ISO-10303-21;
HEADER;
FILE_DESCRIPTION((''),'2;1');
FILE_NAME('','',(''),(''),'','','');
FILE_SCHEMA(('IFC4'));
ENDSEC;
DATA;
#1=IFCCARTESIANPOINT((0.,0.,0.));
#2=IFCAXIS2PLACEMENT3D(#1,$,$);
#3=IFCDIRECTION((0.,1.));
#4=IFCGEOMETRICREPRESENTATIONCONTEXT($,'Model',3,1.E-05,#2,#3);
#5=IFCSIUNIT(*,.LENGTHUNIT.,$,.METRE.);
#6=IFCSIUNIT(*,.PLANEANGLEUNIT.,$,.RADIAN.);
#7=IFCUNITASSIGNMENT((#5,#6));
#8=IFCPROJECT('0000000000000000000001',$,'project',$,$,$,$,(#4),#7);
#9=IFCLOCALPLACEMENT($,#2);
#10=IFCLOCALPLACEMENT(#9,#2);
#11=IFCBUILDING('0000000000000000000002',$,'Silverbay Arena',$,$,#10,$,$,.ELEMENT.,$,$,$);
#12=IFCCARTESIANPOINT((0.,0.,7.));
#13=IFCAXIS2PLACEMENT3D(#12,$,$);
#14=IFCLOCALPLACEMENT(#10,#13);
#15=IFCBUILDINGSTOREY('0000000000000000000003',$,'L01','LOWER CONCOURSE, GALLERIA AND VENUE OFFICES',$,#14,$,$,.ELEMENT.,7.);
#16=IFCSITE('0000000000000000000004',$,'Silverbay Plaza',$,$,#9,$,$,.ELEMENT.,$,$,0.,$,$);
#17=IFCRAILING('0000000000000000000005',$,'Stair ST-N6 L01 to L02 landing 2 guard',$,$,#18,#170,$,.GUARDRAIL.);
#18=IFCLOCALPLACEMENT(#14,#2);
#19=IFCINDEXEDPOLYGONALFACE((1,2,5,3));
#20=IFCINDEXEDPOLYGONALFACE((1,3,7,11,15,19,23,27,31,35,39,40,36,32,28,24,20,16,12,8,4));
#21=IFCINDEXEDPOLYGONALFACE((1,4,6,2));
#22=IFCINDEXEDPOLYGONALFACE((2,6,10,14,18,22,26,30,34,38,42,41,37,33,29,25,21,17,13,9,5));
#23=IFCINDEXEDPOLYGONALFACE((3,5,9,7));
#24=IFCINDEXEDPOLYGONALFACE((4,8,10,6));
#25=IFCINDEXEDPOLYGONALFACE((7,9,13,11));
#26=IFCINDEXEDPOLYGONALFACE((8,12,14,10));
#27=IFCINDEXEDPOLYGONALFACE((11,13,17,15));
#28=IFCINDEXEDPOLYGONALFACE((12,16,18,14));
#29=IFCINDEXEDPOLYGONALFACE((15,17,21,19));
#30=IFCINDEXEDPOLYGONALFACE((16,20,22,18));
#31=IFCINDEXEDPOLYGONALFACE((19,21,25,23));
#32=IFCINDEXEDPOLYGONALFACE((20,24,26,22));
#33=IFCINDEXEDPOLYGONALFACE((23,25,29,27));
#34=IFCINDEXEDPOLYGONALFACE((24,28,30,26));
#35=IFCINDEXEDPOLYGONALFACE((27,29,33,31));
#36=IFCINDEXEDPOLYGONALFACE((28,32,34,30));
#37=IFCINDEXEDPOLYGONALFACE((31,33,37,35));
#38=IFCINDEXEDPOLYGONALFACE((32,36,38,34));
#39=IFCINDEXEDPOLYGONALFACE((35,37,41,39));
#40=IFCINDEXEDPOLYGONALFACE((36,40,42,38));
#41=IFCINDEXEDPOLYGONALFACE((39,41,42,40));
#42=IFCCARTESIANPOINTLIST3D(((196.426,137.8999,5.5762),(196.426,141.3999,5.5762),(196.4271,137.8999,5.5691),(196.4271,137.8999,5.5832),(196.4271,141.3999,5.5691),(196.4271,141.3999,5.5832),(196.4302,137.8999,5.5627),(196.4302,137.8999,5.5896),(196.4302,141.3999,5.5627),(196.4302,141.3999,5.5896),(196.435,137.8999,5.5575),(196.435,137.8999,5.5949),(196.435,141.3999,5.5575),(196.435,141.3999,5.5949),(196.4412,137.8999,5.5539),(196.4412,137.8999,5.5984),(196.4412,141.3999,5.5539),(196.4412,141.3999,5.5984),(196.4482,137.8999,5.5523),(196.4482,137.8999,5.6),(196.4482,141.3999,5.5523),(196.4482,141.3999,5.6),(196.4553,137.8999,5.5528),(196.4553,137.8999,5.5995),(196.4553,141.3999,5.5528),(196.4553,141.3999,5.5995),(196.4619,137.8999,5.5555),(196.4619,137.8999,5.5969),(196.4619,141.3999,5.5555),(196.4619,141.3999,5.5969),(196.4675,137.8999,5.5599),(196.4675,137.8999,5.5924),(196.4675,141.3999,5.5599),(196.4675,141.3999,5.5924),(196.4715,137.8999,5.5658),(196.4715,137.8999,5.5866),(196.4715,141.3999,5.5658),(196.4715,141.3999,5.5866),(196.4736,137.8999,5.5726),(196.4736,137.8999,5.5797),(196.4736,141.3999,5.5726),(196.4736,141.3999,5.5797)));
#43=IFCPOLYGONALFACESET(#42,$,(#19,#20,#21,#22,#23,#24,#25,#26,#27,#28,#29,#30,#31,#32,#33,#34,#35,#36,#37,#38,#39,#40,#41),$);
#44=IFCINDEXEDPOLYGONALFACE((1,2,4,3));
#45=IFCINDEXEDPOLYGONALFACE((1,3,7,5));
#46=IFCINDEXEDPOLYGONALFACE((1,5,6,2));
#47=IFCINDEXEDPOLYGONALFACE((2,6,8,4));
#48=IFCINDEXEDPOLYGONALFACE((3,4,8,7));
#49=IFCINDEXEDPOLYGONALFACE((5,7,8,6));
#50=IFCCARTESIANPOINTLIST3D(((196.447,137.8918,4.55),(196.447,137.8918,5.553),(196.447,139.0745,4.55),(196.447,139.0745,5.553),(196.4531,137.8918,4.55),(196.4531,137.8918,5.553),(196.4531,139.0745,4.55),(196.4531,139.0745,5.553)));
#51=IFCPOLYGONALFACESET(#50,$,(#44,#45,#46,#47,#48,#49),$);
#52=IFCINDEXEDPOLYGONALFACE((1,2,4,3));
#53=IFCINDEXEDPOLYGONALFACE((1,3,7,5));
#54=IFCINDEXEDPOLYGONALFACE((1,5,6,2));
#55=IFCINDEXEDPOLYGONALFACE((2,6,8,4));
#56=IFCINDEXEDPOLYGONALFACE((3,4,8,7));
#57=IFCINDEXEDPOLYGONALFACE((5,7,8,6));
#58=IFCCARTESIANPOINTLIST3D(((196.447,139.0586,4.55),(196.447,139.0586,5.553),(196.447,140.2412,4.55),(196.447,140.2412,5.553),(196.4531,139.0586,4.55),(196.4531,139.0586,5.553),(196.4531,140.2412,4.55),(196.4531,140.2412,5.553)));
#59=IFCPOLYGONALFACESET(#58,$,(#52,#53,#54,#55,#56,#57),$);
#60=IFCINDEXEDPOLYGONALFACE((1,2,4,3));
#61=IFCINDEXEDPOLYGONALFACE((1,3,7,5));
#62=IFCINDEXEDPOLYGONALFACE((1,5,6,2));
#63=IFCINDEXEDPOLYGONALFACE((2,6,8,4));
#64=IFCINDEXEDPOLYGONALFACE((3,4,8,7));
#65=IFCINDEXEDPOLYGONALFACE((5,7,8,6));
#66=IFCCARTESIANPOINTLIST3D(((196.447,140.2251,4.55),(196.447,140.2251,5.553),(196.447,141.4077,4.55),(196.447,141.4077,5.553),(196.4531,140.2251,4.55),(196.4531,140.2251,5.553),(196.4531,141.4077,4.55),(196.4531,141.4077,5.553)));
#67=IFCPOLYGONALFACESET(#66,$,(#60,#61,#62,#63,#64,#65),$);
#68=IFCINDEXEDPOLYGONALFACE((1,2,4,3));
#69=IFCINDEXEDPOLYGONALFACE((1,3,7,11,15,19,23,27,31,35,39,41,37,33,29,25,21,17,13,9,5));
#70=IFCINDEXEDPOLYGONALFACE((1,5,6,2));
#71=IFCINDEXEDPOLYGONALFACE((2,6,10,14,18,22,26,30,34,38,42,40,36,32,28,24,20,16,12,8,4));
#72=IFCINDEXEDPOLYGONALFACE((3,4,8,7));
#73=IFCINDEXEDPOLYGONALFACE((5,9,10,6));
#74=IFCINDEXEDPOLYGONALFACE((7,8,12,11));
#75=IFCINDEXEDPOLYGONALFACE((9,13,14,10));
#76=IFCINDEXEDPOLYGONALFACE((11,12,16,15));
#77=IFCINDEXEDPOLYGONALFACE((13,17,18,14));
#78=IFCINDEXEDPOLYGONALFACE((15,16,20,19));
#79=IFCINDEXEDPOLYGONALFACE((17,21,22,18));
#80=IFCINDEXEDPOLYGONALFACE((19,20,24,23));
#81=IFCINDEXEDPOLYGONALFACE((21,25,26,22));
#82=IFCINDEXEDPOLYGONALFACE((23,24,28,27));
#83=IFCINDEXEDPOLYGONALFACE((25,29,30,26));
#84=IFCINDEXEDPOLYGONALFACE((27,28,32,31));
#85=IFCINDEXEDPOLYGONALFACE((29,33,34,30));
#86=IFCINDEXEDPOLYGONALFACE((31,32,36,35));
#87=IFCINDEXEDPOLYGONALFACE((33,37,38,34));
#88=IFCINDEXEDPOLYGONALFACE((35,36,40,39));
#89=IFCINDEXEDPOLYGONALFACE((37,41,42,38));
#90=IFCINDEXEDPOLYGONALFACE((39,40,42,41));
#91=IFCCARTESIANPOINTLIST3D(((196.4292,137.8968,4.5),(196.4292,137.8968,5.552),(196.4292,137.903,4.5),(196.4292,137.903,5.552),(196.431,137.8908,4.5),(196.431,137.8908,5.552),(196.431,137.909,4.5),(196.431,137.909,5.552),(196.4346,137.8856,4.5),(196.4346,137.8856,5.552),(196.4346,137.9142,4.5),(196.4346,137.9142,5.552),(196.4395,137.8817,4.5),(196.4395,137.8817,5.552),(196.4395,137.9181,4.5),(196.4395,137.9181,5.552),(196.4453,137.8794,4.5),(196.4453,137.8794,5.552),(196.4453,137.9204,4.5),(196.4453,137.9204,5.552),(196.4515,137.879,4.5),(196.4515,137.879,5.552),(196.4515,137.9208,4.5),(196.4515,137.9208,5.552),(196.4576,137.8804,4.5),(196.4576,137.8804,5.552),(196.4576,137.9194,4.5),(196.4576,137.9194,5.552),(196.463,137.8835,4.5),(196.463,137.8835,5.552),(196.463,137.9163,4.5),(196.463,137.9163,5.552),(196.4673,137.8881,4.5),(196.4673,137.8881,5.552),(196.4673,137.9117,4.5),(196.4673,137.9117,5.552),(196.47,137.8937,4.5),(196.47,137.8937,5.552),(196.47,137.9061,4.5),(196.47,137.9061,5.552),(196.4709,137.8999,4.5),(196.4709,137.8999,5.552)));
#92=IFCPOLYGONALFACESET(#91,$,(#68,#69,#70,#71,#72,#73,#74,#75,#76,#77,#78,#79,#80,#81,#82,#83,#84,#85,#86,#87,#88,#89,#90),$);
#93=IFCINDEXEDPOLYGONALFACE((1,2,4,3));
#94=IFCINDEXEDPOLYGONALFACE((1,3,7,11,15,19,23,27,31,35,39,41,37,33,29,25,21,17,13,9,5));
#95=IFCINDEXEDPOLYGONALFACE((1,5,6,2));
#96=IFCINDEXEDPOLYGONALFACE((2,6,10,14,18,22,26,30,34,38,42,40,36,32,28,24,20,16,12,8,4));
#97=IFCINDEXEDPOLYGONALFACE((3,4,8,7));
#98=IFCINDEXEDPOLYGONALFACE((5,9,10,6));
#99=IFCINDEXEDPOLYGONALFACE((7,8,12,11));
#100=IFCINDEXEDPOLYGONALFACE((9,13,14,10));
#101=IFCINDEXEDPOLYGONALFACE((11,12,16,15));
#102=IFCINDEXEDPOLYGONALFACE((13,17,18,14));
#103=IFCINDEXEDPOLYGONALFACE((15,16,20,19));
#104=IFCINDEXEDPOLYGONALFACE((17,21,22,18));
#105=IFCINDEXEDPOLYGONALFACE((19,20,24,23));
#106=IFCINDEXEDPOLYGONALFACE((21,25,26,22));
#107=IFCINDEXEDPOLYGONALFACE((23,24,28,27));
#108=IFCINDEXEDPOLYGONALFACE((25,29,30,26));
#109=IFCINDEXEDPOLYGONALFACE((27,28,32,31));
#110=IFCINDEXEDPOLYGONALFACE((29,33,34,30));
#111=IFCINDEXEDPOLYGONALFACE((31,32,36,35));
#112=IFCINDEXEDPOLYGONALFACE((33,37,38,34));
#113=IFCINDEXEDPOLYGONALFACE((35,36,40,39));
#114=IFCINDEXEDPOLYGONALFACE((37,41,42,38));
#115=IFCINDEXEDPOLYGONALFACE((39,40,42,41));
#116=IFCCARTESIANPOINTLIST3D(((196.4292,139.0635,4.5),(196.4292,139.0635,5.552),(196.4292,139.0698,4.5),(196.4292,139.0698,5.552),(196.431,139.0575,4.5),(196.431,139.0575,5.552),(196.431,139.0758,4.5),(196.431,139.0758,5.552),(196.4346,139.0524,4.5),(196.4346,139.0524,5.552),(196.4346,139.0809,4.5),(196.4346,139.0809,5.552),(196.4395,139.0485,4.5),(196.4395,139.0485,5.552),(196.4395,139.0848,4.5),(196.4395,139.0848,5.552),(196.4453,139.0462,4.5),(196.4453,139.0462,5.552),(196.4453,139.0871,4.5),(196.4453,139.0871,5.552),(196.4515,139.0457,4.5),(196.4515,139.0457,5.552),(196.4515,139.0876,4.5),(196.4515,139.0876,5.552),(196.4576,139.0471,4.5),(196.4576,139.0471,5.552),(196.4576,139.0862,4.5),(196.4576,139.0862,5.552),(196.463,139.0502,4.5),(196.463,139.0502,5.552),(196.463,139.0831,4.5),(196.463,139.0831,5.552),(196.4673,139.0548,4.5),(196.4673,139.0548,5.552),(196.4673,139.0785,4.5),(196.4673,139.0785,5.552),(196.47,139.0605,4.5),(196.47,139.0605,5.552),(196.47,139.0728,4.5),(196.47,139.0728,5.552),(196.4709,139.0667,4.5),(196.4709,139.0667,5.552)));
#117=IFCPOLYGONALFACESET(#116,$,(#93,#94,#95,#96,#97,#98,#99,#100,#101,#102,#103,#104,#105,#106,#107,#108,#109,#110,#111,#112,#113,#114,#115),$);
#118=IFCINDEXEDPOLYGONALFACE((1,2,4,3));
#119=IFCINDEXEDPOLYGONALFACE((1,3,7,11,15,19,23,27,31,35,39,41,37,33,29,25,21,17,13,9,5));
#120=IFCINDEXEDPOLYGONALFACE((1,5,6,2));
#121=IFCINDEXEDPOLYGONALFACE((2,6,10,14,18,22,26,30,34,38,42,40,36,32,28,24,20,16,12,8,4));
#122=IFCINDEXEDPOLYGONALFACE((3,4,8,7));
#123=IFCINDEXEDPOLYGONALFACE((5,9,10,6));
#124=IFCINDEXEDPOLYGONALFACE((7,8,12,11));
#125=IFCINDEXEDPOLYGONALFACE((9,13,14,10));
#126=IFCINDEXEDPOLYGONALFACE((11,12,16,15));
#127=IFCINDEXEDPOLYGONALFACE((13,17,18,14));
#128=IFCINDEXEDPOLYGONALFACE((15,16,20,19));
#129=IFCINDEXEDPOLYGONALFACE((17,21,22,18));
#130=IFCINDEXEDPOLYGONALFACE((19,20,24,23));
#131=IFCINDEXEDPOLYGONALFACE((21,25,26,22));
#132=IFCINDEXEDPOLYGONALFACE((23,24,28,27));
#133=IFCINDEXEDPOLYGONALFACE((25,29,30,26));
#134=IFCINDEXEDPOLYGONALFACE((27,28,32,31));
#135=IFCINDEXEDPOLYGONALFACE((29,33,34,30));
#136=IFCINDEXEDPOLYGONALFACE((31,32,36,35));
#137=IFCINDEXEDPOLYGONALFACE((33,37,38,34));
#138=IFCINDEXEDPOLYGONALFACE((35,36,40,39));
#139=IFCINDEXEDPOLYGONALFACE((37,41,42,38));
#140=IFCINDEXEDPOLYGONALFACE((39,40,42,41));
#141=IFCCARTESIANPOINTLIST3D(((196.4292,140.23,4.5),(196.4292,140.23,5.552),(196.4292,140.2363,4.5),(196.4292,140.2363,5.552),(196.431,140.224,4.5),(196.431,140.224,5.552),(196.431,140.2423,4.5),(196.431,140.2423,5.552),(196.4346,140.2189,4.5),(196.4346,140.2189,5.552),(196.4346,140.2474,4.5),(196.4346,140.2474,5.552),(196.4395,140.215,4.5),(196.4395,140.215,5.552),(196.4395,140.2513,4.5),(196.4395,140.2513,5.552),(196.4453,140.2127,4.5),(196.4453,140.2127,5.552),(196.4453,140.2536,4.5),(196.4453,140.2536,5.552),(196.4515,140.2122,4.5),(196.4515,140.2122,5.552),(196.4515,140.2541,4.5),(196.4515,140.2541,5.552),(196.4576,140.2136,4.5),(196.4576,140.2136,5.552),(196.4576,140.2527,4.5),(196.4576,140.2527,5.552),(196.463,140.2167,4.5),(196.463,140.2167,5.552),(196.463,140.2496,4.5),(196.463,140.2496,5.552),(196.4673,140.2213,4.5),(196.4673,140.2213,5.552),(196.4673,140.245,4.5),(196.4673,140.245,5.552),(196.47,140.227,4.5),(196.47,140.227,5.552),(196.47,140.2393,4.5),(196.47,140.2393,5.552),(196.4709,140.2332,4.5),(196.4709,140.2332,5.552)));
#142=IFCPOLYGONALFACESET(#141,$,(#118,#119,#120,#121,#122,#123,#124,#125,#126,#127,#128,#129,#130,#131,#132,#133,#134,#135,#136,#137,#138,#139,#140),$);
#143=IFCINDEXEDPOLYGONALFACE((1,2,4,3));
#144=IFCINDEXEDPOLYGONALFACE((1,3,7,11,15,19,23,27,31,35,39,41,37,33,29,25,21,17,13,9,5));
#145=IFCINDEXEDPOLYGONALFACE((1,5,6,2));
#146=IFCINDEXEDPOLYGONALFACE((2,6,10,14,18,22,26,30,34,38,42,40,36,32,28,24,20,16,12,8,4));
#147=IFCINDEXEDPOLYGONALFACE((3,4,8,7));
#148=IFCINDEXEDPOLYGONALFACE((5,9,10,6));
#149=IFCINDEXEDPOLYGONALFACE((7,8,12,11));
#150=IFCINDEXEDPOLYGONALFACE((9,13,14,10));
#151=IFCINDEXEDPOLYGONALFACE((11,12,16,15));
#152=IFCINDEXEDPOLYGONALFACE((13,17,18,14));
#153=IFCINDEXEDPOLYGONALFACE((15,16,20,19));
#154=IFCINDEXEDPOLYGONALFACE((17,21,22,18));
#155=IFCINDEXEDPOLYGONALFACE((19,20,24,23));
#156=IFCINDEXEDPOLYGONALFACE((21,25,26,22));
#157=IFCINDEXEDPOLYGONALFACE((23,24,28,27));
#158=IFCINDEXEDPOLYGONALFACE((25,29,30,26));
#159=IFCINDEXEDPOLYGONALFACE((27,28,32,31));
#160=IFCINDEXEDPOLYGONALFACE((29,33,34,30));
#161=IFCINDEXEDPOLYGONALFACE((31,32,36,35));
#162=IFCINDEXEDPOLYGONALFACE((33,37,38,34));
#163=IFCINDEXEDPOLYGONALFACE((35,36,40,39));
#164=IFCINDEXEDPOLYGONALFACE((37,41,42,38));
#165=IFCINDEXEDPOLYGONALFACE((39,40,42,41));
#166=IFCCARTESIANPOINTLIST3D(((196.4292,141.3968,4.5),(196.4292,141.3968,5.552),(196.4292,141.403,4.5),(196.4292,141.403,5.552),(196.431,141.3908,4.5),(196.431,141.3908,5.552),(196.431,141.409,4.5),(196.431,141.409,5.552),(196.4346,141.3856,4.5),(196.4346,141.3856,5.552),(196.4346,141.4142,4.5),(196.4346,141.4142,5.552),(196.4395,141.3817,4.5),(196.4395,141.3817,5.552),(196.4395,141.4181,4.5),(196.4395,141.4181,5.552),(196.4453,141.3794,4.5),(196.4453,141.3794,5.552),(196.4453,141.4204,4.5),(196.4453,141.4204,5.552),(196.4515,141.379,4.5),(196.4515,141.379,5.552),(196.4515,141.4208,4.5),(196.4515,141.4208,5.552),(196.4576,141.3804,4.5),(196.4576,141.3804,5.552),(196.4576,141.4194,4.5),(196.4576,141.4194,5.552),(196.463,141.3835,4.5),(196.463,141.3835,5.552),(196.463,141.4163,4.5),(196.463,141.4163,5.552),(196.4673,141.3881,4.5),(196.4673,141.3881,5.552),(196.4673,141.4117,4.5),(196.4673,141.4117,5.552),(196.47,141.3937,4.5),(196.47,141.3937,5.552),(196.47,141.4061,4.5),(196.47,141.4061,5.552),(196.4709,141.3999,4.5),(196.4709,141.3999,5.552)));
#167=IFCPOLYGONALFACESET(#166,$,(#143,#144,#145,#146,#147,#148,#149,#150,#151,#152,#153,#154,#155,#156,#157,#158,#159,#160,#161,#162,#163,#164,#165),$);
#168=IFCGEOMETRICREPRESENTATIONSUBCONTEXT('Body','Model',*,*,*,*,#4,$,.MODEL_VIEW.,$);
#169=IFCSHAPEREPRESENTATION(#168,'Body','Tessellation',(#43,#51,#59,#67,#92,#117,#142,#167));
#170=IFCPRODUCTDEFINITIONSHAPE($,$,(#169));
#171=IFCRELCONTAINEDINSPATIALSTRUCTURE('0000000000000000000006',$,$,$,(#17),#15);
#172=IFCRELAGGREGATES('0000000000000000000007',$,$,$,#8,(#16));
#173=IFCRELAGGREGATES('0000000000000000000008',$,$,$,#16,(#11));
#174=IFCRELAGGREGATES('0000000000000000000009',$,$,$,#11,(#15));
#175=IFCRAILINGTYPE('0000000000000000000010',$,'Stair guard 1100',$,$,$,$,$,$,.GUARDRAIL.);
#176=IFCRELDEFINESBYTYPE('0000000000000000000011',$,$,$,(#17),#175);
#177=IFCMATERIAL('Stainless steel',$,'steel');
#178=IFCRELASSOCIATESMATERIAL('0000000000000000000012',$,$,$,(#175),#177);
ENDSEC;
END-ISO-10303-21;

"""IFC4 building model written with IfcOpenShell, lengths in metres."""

from ifc_helpers import new_model, si_unit, direction, frame, origin, origin_2d, place, context, subcontext, project, spatial, polyline, circle, outline, extrude, material, type_object, element, save


model = new_model("IFC4")

# Units and contexts
model_context = context("Model", 3, precision=1e-05, world=origin(), true_north=direction((0.0, 1.0)))
body_context = subcontext(model_context, "Body", "Model", "MODEL_VIEW")
ifc_project = project(units=[si_unit("LENGTHUNIT", "METRE"), si_unit("PLANEANGLEUNIT", "RADIAN")], contexts=[model_context])

# Site, building, storey
site_placement = place(None, origin())
site = spatial("IfcSite", under=ifc_project, at=site_placement, Name="Silverbay Plaza", CompositionType="ELEMENT", RefElevation=0.0)
building_placement = place(site_placement, origin())
building = spatial("IfcBuilding", under=site, at=building_placement, Name="Silverbay Arena", CompositionType="ELEMENT")
storey_placement = place(building_placement, frame((0.0, 0.0, 7.0)))
storey = spatial("IfcBuildingStorey", under=building, at=storey_placement, Name="L01", Description="LOWER CONCOURSE, GALLERIA AND VENUE OFFICES", CompositionType="ELEMENT", Elevation=7.0)

# Railing
ifc_material_1 = material(Name="Stainless steel", Category="steel")
railing_type_1 = type_object("IfcRailingType", Name="Stair guard 1100", PredefinedType="GUARDRAIL", material=ifc_material_1)
for number, where, name in (
    (1, (196.45, 137.8999, 4.5), "Stair ST-N6 L01 to L02 landing 2 guard"),
):
    element("IfcRailing", number, at=place(storey_placement, frame(where)), inside=storey, type_object=railing_type_1, Name=name, PredefinedType="GUARDRAIL", context=body_context, shape_type="SweptSolid", body=[
        extrude(circle(Radius=0.0239, at=origin_2d()), frame((0.0, 0.0, 1.0762), z_axis=(0.0, 1.0, 0.0), x_axis=(-1.0, 0.0, 0.0)), (0.0, 0.0, 1.0), 3.5),
        extrude(outline(polyline([(-0.0081, 0.05), (1.1746, 0.05), (1.1746, 1.053), (-0.0081, 1.053), (-0.0081, 0.05)])), frame((-0.0029, 0.0, 0.0), z_axis=(1.0, 0.0, 0.0), x_axis=(0.0, 1.0, 0.0)), (0.0, 0.0, 1.0), 0.0061),
        extrude(outline(polyline([(-0.0081, 0.05), (1.1746, 0.05), (1.1746, 1.053), (-0.0081, 1.053), (-0.0081, 0.05)])), frame((-0.0029, 1.1667, 0.0), z_axis=(1.0, 0.0, 0.0), x_axis=(0.0, 1.0, 0.0)), (0.0, 0.0, 1.0), 0.0061),
        extrude(outline(polyline([(-0.0081, 0.05), (1.1746, 0.05), (1.1746, 1.053), (-0.0081, 1.053), (-0.0081, 0.05)])), frame((-0.0029, 2.3333, 0.0), z_axis=(1.0, 0.0, 0.0), x_axis=(0.0, 1.0, 0.0)), (0.0, 0.0, 1.0), 0.0061),
        extrude(circle(Radius=0.021, at=origin_2d()), origin(), (0.0, 0.0, 1.0), 1.052),
        extrude(circle(Radius=0.021, at=origin_2d()), frame((0.0, 1.1667, 0.0)), (0.0, 0.0, 1.0), 1.052),
        extrude(circle(Radius=0.021, at=origin_2d()), frame((0.0, 2.3333, 0.0)), (0.0, 0.0, 1.0), 1.052),
        extrude(circle(Radius=0.021, at=origin_2d()), frame((0.0, 3.5, 0.0)), (0.0, 0.0, 1.0), 1.052),
    ])

save(model, "model.ifc")
